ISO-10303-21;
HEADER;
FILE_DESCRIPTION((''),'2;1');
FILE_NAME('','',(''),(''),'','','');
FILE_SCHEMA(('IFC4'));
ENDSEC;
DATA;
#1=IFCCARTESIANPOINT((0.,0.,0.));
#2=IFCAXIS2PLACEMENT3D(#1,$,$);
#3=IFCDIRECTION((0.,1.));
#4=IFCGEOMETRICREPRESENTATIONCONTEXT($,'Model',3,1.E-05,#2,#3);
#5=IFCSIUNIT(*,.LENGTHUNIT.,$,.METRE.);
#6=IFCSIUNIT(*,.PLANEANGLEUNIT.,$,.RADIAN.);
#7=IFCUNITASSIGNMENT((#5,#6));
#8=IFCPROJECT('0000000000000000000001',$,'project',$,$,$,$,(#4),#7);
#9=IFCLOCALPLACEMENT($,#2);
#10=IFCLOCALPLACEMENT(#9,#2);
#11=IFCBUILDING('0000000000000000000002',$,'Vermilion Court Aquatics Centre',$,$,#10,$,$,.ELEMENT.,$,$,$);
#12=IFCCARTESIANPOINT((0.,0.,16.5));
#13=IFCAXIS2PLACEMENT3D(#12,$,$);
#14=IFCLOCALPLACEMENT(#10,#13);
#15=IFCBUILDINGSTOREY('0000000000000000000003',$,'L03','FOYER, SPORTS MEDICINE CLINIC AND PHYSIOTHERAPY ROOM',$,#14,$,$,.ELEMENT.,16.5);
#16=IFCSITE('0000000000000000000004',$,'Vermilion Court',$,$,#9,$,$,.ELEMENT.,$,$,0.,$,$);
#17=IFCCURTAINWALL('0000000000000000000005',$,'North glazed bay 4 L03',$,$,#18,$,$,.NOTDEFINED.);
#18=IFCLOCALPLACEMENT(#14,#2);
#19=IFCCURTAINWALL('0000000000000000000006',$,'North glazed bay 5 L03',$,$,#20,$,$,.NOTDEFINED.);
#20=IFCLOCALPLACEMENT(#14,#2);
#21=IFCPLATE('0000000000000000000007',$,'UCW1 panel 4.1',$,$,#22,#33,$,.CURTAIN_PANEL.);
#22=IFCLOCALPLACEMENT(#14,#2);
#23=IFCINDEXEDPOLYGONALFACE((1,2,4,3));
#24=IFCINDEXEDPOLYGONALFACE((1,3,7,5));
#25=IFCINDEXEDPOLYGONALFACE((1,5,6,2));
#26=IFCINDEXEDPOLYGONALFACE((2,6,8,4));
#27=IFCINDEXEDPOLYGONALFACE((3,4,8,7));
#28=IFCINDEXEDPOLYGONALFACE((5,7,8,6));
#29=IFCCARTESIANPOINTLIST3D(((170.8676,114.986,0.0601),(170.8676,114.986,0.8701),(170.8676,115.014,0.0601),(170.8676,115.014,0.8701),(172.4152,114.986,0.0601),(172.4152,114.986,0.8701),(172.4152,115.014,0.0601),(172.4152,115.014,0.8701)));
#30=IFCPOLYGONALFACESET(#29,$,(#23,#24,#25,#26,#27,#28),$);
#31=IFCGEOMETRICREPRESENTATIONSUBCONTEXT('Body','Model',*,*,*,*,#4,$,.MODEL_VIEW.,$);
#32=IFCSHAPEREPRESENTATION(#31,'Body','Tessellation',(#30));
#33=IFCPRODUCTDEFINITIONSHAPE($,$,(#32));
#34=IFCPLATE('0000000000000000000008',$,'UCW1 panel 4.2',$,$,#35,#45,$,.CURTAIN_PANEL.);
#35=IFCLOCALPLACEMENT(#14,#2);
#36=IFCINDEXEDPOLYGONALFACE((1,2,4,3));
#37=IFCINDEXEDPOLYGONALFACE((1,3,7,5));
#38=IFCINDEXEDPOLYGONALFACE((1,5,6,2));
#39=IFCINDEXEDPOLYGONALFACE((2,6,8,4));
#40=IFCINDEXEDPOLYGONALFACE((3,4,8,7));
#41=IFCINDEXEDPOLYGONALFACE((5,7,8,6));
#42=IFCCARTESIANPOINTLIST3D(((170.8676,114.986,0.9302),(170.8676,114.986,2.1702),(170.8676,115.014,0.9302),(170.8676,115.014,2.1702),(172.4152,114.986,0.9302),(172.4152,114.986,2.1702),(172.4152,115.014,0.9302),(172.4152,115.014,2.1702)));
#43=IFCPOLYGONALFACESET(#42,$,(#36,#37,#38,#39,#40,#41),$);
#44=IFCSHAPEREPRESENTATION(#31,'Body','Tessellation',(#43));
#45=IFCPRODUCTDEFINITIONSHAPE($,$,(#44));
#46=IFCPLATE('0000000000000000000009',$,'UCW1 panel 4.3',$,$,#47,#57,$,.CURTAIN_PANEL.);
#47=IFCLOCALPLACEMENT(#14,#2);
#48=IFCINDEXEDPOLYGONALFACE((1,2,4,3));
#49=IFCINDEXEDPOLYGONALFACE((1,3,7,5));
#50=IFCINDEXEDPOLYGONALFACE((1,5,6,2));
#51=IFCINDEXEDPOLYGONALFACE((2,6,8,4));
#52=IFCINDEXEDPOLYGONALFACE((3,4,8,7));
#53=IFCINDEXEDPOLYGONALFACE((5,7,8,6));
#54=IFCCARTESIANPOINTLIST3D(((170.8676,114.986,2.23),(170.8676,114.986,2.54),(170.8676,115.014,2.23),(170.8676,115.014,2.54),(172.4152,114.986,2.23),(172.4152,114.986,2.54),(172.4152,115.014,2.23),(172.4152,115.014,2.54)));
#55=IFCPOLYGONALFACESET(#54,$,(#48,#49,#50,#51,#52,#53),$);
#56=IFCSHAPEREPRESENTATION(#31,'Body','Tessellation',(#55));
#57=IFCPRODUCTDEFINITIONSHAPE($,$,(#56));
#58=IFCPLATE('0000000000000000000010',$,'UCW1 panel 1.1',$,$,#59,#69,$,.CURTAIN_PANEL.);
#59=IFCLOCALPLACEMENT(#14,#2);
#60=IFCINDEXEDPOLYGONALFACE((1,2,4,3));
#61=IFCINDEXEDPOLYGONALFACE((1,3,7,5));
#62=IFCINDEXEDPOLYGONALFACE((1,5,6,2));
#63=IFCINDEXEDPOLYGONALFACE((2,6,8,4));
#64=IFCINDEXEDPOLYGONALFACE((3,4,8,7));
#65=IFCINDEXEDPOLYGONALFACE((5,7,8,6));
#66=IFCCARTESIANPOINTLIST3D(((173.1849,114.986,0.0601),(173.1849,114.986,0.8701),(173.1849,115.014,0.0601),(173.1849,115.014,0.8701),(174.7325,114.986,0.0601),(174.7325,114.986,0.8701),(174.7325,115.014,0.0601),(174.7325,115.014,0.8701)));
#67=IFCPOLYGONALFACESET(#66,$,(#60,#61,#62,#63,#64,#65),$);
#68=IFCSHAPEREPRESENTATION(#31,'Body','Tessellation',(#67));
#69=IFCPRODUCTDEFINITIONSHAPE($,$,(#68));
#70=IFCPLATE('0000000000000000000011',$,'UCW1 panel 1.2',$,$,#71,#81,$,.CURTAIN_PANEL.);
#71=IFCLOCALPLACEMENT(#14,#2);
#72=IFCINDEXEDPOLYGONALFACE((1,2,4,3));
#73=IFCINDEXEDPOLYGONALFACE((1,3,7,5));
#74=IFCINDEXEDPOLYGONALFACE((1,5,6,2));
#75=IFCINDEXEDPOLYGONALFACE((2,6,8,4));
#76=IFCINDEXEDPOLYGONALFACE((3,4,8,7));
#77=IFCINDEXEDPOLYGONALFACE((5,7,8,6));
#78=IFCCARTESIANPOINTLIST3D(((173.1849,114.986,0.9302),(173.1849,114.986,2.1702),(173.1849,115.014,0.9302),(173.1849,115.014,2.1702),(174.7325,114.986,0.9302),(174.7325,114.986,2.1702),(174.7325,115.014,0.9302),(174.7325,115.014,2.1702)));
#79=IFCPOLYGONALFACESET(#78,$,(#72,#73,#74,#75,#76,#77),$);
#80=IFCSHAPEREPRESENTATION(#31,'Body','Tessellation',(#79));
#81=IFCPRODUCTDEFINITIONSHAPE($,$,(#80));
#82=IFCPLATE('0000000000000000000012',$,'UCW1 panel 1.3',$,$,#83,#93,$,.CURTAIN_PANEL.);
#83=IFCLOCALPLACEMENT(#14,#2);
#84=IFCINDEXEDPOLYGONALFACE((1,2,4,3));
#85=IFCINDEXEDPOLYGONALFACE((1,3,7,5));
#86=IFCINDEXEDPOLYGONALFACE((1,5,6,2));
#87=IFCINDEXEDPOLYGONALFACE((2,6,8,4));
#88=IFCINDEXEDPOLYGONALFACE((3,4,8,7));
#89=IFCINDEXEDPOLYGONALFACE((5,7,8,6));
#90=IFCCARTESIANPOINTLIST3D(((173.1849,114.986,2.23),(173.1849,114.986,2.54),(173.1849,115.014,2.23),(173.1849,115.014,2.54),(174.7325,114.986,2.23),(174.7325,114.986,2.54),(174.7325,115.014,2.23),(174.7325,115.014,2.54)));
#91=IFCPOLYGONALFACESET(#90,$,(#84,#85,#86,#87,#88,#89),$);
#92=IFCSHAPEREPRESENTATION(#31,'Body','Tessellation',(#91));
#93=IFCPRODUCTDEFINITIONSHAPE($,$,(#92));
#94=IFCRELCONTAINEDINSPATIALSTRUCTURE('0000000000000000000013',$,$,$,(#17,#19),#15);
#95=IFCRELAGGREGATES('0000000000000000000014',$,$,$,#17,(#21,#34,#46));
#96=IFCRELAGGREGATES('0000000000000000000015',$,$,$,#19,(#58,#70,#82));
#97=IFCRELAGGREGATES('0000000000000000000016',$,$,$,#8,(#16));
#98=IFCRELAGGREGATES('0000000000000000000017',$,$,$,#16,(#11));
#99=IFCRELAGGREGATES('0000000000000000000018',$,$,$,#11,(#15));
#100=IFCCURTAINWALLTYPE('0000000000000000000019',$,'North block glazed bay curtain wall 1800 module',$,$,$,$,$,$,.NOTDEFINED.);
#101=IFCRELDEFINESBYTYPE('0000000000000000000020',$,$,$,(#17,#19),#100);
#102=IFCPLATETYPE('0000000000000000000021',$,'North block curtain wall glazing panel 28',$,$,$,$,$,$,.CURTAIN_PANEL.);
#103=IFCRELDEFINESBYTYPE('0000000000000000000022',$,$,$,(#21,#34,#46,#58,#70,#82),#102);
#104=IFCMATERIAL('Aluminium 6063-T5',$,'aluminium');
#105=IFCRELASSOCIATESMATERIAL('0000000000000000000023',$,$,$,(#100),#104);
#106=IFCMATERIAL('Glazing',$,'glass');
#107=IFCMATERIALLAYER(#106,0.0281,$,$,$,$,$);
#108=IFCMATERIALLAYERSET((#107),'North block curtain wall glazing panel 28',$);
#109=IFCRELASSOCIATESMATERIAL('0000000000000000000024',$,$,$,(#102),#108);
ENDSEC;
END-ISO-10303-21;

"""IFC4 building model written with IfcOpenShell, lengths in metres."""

from ifc_helpers import new_model, si_unit, direction, frame, origin, origin_2d, place, context, subcontext, project, spatial, rectangle, extrude, material, layer, layer_set, type_object, element, aggregate, save


model = new_model("IFC4")

# Units and contexts
model_context = context("Model", 3, precision=1e-05, world=origin(), true_north=direction((0.0, 1.0)))
body_context = subcontext(model_context, "Body", "Model", "MODEL_VIEW")
ifc_project = project(units=[si_unit("LENGTHUNIT", "METRE"), si_unit("PLANEANGLEUNIT", "RADIAN")], contexts=[model_context])

# Site, building, storey
site_placement = place(None, origin())
site = spatial("IfcSite", under=ifc_project, at=site_placement, Name="Vermilion Court", CompositionType="ELEMENT", RefElevation=0.0)
building_placement = place(site_placement, origin())
building = spatial("IfcBuilding", under=site, at=building_placement, Name="Vermilion Court Aquatics Centre", CompositionType="ELEMENT")
storey_placement = place(building_placement, frame((0.0, 0.0, 16.5)))
storey = spatial("IfcBuildingStorey", under=building, at=storey_placement, Name="L03", Description="FOYER, SPORTS MEDICINE CLINIC AND PHYSIOTHERAPY ROOM", CompositionType="ELEMENT", Elevation=16.5)

# Curtain walls
ifc_material_1 = material(Name="Aluminium 6063-T5", Category="aluminium")
curtain_wall_type = type_object("IfcCurtainWallType", Name="North block glazed bay curtain wall 1800 module", PredefinedType="NOTDEFINED", material=ifc_material_1)
curtain_wall_1_placement = place(storey_placement, origin())
curtain_wall_1 = element("IfcCurtainWall", 1, at=curtain_wall_1_placement, inside=storey, type_object=curtain_wall_type, Name="North glazed bay 4 L03", PredefinedType="NOTDEFINED")
curtain_wall_2_placement = place(storey_placement, origin())
curtain_wall_2 = element("IfcCurtainWall", 2, at=curtain_wall_2_placement, inside=storey, type_object=curtain_wall_type, Name="North glazed bay 5 L03", PredefinedType="NOTDEFINED")

# Plates
ifc_material_2 = material(Name="Glazing", Category="glass")
ifc_layer = layer(ifc_material_2, 0.0281)
ifc_layer_set = layer_set([ifc_layer], Name="North block curtain wall glazing panel 28")
plate_type = type_object("IfcPlateType", Name="North block curtain wall glazing panel 28", PredefinedType="CURTAIN_PANEL", material=ifc_layer_set)
plate_1_placement = place(storey_placement, frame((171.6414, 115.0, 0.0601), z_axis=(0.0, 0.0, 1.0), x_axis=(1.0, 0.0, 0.0)))
plate_1 = element("IfcPlate", 3, at=plate_1_placement, type_object=plate_type, Name="UCW1 panel 4.1", PredefinedType="CURTAIN_PANEL", context=body_context, shape_type="SweptSolid", body=[
    extrude(rectangle(XDim=1.5476, YDim=0.0281, at=origin_2d()), origin(), (0.0, 0.0, 1.0), 0.8101),
])
plate_2_placement = place(storey_placement, frame((171.6414, 115.0, 0.9302), z_axis=(0.0, 0.0, 1.0), x_axis=(1.0, 0.0, 0.0)))
plate_2 = element("IfcPlate", 4, at=plate_2_placement, type_object=plate_type, Name="UCW1 panel 4.2", PredefinedType="CURTAIN_PANEL", context=body_context, shape_type="SweptSolid", body=[
    extrude(rectangle(XDim=1.5476, YDim=0.0281, at=origin_2d()), origin(), (0.0, 0.0, 1.0), 1.24),
])
plate_3_placement = place(storey_placement, frame((171.6414, 115.0, 2.23), z_axis=(0.0, 0.0, 1.0), x_axis=(1.0, 0.0, 0.0)))
plate_3 = element("IfcPlate", 5, at=plate_3_placement, type_object=plate_type, Name="UCW1 panel 4.3", PredefinedType="CURTAIN_PANEL", context=body_context, shape_type="SweptSolid", body=[
    extrude(rectangle(XDim=1.5476, YDim=0.0281, at=origin_2d()), origin(), (0.0, 0.0, 1.0), 0.3101),
])
aggregate(curtain_wall_1, [plate_1, plate_2, plate_3])
plate_4_placement = place(storey_placement, frame((173.9587, 115.0, 0.0601), z_axis=(0.0, 0.0, 1.0), x_axis=(1.0, 0.0, 0.0)))
plate_4 = element("IfcPlate", 6, at=plate_4_placement, type_object=plate_type, Name="UCW1 panel 1.1", PredefinedType="CURTAIN_PANEL", context=body_context, shape_type="SweptSolid", body=[
    extrude(rectangle(XDim=1.5476, YDim=0.0281, at=origin_2d()), origin(), (0.0, 0.0, 1.0), 0.8101),
])
plate_5_placement = place(storey_placement, frame((173.9587, 115.0, 0.9302), z_axis=(0.0, 0.0, 1.0), x_axis=(1.0, 0.0, 0.0)))
plate_5 = element("IfcPlate", 7, at=plate_5_placement, type_object=plate_type, Name="UCW1 panel 1.2", PredefinedType="CURTAIN_PANEL", context=body_context, shape_type="SweptSolid", body=[
    extrude(rectangle(XDim=1.5476, YDim=0.0281, at=origin_2d()), origin(), (0.0, 0.0, 1.0), 1.24),
])
plate_6_placement = place(storey_placement, frame((173.9587, 115.0, 2.23), z_axis=(0.0, 0.0, 1.0), x_axis=(1.0, 0.0, 0.0)))
plate_6 = element("IfcPlate", 8, at=plate_6_placement, type_object=plate_type, Name="UCW1 panel 1.3", PredefinedType="CURTAIN_PANEL", context=body_context, shape_type="SweptSolid", body=[
    extrude(rectangle(XDim=1.5476, YDim=0.0281, at=origin_2d()), origin(), (0.0, 0.0, 1.0), 0.3101),
])
aggregate(curtain_wall_2, [plate_4, plate_5, plate_6])

save(model, "model.ifc")
